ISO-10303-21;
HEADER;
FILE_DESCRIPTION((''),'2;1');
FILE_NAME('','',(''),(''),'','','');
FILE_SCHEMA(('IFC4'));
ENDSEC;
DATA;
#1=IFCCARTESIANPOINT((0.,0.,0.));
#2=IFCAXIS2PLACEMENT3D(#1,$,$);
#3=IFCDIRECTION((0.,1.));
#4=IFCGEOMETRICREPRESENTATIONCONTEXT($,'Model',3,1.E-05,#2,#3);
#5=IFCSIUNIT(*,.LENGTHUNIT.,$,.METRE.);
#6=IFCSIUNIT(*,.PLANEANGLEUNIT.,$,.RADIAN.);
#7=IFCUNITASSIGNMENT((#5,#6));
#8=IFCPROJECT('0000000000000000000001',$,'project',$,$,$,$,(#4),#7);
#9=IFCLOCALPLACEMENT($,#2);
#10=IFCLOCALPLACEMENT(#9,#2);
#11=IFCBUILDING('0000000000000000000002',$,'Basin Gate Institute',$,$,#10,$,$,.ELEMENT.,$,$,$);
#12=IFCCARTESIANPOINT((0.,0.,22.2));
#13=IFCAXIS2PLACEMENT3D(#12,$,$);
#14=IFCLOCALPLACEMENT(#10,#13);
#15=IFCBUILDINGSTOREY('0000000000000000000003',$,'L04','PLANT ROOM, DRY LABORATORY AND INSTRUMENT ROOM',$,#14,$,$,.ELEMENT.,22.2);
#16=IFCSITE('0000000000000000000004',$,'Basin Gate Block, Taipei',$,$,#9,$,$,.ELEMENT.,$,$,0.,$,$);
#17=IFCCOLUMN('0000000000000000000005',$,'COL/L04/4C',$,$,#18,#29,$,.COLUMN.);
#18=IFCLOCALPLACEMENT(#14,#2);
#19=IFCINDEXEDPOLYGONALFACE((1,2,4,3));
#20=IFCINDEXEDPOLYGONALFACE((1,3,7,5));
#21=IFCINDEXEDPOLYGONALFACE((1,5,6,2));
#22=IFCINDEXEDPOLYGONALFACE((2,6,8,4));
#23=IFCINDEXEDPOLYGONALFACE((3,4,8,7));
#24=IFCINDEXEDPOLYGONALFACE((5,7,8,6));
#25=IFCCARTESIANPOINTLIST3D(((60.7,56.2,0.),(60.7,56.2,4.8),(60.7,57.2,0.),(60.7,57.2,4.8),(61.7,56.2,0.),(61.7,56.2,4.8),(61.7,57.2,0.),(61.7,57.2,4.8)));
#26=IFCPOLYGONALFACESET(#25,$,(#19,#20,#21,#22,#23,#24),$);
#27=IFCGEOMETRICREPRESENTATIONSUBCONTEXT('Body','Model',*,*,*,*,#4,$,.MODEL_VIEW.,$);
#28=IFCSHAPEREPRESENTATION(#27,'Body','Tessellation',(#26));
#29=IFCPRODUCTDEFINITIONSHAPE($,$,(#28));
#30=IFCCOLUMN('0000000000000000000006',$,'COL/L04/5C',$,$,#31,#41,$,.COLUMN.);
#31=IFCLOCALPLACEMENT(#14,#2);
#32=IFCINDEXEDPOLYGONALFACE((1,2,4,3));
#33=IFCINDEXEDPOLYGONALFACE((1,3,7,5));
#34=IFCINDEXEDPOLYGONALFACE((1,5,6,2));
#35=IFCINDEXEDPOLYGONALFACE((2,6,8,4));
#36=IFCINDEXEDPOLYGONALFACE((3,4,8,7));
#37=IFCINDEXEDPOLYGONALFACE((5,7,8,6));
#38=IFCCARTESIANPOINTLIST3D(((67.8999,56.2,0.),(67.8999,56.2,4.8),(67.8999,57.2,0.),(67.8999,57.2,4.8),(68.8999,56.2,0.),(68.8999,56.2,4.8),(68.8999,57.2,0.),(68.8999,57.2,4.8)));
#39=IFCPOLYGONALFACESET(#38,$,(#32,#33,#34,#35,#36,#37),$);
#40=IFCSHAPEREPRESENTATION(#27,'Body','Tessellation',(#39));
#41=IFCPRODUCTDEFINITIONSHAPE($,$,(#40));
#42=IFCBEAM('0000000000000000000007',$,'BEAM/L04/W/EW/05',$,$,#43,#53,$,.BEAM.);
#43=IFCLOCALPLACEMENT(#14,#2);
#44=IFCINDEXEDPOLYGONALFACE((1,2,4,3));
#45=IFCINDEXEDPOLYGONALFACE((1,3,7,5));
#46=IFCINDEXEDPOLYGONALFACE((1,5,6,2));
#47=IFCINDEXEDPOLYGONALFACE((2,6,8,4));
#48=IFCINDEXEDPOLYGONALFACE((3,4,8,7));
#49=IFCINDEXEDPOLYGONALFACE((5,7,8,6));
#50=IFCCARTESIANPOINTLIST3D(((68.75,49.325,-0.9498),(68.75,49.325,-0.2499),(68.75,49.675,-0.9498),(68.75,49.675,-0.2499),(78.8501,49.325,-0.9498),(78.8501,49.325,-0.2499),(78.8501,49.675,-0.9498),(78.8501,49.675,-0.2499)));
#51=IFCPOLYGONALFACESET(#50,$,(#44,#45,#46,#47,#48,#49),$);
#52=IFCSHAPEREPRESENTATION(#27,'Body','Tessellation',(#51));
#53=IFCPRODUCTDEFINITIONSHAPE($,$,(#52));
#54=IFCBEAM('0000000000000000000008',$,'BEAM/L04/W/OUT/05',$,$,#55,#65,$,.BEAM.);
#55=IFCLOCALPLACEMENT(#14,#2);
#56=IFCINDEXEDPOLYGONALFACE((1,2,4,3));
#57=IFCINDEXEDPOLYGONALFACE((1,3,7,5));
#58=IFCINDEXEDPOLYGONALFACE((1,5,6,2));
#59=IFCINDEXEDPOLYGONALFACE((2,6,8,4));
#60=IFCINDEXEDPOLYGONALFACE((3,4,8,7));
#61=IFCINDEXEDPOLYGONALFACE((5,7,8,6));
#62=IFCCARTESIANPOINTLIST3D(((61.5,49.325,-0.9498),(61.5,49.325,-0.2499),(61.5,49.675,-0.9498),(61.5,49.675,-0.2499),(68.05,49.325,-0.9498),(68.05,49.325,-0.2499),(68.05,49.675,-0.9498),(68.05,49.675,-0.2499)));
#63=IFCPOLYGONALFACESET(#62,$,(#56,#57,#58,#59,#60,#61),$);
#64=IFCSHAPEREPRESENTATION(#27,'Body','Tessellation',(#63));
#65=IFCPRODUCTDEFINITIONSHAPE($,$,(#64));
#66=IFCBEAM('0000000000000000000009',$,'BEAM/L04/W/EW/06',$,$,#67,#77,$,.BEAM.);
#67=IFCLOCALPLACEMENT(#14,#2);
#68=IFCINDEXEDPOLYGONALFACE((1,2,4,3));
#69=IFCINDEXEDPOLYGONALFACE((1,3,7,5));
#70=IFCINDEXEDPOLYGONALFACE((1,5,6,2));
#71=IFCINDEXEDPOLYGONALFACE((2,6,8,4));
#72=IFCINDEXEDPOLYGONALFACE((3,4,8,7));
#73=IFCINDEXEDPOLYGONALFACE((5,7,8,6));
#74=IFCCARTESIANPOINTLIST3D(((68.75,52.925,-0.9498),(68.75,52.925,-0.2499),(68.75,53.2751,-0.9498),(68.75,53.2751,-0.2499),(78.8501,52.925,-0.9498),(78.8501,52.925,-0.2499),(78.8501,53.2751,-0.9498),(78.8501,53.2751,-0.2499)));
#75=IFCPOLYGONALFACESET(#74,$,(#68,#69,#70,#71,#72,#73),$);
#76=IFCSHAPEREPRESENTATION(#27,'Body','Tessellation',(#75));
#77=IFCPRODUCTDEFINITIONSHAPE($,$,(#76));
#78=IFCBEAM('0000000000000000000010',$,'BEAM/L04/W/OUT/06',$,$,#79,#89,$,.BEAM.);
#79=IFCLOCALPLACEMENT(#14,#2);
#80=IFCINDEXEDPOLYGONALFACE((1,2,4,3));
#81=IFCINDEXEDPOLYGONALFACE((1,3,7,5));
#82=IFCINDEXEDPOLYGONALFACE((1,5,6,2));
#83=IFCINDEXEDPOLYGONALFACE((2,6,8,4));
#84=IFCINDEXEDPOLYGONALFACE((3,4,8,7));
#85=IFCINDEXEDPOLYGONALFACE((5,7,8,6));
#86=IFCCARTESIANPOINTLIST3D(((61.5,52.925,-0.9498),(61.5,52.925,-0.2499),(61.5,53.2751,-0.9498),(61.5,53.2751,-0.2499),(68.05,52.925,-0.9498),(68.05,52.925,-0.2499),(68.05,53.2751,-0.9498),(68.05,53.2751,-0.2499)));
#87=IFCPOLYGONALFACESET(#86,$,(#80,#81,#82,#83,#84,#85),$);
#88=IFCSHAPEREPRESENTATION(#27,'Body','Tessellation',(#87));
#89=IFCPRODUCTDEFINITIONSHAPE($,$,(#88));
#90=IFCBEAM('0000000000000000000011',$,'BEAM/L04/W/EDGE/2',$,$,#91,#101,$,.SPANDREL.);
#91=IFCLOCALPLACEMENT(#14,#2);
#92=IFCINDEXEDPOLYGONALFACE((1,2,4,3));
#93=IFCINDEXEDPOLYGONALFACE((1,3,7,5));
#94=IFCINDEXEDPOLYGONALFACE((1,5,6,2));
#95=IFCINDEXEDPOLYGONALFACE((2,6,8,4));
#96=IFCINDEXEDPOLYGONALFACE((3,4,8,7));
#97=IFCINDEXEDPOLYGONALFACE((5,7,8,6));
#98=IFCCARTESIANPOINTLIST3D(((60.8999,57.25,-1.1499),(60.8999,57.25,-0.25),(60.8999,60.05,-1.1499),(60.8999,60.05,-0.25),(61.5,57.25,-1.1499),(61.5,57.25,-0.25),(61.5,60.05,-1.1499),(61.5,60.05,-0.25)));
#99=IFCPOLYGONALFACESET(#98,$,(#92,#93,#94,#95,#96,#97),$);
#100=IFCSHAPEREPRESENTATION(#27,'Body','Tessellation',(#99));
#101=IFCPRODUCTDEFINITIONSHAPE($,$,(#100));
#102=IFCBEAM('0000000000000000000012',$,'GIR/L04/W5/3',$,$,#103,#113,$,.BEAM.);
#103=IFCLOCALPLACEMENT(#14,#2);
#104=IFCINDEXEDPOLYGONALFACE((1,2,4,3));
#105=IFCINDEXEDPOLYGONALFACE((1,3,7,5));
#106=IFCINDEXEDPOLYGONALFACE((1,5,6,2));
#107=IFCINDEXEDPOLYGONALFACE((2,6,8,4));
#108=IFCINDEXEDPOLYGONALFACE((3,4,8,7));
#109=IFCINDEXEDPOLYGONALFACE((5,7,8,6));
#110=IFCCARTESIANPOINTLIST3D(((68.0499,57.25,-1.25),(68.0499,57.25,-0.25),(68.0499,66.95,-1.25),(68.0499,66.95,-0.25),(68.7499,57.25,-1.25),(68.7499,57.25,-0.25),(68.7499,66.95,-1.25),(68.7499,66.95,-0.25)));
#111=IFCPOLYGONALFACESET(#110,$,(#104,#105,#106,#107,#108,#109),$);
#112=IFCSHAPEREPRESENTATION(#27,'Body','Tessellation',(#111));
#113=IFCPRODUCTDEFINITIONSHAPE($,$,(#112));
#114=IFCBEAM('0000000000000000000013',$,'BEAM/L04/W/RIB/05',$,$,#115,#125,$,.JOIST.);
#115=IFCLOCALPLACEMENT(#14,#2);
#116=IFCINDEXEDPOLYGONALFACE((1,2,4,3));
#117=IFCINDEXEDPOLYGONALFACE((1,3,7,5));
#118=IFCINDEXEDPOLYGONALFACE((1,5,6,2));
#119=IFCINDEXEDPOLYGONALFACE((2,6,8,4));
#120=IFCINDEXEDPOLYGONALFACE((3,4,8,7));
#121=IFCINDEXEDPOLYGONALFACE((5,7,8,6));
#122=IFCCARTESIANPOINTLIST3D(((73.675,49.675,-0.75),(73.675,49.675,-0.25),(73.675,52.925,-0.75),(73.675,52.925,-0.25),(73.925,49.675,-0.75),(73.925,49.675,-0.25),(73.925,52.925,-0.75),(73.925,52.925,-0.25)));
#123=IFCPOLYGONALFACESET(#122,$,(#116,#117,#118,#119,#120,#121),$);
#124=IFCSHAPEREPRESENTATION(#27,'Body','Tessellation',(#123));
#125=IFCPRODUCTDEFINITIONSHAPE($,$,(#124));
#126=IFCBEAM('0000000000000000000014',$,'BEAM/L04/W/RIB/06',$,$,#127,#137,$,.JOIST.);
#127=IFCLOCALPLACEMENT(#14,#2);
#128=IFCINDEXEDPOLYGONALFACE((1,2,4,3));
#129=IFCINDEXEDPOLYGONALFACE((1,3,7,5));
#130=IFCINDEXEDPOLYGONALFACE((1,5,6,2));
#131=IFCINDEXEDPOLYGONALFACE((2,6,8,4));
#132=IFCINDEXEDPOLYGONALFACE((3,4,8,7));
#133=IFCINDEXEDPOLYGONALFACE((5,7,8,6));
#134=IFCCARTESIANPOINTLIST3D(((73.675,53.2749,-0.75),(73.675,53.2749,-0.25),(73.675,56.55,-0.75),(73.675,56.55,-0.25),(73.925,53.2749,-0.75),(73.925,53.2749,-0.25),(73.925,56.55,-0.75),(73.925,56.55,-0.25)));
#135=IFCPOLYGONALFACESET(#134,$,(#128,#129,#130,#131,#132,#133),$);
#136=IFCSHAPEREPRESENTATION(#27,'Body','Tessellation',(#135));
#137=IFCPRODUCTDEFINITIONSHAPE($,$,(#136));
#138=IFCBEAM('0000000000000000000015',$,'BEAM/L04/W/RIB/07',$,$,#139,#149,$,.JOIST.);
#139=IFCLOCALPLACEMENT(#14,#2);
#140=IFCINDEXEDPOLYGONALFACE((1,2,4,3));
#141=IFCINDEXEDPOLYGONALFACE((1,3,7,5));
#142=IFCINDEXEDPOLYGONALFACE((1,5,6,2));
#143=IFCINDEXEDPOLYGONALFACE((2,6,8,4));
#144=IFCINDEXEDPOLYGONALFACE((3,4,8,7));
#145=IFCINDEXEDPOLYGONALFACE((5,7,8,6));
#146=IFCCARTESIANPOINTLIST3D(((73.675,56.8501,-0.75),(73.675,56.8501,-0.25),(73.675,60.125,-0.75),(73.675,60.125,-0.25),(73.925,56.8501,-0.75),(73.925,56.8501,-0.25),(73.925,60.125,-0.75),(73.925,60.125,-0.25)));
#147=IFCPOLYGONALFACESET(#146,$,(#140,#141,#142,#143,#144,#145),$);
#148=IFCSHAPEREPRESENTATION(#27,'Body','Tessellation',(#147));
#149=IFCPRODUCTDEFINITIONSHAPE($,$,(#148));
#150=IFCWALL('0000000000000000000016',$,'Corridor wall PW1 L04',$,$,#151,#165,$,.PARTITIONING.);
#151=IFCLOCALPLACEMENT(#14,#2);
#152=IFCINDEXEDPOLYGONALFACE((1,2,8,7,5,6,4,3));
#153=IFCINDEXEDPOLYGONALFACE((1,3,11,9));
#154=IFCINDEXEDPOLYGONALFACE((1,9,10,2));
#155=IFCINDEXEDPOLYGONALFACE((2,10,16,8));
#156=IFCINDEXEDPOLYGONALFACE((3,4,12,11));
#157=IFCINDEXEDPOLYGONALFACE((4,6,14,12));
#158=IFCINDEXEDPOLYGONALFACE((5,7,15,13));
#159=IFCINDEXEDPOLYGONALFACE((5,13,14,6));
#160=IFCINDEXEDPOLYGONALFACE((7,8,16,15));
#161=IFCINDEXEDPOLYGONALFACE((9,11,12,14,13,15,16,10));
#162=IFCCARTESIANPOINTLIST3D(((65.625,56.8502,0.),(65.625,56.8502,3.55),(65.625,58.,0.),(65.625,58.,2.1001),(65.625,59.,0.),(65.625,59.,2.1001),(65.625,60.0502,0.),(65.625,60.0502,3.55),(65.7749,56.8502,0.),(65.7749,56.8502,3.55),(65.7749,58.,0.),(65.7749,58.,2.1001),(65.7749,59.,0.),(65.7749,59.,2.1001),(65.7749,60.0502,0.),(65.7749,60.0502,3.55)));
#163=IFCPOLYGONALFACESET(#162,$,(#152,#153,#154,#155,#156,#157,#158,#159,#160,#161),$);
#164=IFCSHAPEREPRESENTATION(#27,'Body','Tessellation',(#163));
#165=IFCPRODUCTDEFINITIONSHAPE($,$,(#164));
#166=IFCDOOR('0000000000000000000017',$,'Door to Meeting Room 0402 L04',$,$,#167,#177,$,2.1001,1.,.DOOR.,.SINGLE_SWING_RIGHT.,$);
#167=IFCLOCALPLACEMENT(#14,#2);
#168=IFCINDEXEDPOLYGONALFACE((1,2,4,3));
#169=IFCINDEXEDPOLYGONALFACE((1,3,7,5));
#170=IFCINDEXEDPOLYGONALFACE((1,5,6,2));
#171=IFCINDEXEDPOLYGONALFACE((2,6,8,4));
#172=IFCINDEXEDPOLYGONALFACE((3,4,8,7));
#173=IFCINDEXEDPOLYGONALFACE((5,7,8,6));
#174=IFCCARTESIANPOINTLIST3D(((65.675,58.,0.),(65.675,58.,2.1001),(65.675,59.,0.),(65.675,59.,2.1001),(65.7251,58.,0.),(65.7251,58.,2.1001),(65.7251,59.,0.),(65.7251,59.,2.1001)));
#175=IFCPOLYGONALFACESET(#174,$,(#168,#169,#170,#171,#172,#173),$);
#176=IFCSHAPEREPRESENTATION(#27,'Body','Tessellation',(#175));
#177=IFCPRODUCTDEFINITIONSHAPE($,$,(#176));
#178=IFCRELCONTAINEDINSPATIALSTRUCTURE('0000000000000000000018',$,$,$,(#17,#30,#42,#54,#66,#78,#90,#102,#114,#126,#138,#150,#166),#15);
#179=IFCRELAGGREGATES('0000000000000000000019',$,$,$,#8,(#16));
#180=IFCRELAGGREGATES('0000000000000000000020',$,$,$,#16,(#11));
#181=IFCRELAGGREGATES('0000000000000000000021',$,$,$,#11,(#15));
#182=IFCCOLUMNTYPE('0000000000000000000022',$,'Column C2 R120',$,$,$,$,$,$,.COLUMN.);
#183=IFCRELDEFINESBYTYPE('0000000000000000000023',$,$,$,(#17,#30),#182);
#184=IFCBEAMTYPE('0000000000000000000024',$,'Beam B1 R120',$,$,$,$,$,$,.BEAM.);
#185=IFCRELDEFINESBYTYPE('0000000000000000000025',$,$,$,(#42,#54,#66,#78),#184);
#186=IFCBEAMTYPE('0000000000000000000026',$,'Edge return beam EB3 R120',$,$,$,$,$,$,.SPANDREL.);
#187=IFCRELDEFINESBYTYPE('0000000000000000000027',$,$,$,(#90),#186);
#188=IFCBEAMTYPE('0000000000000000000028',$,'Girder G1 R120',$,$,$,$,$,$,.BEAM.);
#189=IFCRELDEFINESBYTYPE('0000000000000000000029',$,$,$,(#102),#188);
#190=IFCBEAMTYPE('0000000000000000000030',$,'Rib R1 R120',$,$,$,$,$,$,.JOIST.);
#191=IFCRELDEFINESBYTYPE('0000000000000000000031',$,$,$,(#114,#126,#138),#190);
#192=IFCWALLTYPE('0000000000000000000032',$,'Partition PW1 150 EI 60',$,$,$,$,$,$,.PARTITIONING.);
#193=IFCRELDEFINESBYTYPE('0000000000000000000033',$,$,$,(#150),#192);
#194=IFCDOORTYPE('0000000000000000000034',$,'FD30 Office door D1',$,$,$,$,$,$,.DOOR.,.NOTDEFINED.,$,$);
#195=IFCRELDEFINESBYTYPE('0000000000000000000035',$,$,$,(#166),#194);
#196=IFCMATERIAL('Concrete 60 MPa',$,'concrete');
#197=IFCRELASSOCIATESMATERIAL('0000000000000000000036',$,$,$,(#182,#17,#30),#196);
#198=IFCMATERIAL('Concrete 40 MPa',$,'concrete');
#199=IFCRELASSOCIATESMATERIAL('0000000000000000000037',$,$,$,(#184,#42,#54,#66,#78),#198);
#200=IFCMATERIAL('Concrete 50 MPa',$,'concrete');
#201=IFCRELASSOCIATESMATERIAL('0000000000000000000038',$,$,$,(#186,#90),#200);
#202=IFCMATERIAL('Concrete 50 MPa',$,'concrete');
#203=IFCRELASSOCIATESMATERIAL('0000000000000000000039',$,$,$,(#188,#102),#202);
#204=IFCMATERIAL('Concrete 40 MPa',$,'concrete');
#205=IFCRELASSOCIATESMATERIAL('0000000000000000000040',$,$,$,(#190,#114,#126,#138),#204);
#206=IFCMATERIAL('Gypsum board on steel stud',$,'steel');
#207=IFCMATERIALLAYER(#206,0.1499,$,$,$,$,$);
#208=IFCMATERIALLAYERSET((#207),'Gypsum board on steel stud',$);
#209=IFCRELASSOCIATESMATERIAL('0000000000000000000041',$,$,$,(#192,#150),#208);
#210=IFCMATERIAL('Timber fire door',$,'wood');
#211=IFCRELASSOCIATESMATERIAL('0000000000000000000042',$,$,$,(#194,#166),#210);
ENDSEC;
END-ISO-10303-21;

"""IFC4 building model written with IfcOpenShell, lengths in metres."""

from ifc_helpers import new_model, si_unit, direction, frame, frame_2d, origin, origin_2d, place, context, subcontext, project, spatial, rectangle, extrude, material, layer, layer_set, material_profile, profile_set, type_object, element, fill, save


model = new_model("IFC4")

# Units and contexts
model_context = context("Model", 3, precision=1e-05, world=origin(), true_north=direction((0.0, 1.0)))
body_context = subcontext(model_context, "Body", "Model", "MODEL_VIEW")
ifc_project = project(units=[si_unit("LENGTHUNIT", "METRE"), si_unit("PLANEANGLEUNIT", "RADIAN")], contexts=[model_context])

# Site, building, storey
site_placement = place(None, origin())
site = spatial("IfcSite", under=ifc_project, at=site_placement, Name="Basin Gate Block, Taipei", CompositionType="ELEMENT", RefElevation=0.0)
building_placement = place(site_placement, origin())
building = spatial("IfcBuilding", under=site, at=building_placement, Name="Basin Gate Institute", CompositionType="ELEMENT")
storey_placement = place(building_placement, frame((0.0, 0.0, 22.2)))
storey = spatial("IfcBuildingStorey", under=building, at=storey_placement, Name="L04", Description="PLANT ROOM, DRY LABORATORY AND INSTRUMENT ROOM", CompositionType="ELEMENT", Elevation=22.2)

# Columns
ifc_material_1 = material(Name="Concrete 60 MPa", Category="concrete")
ifc_material_profile_1 = material_profile(ifc_material_1, rectangle(XDim=1.0, YDim=1.0, at=origin_2d()), Name="Column C2 1000 x 1000")
ifc_profile_set_1 = profile_set([ifc_material_profile_1], Name="Concrete 60 MPa")
column_type = type_object("IfcColumnType", Name="Column C2 R120", PredefinedType="COLUMN", material=ifc_profile_set_1)
for number, where, z_axis, x_axis, name in (
    (1, (61.2, 56.7, 0.0), (0.0, 0.0, 1.0), (1.0, 0.0, 0.0), "COL/L04/4C"),
    (2, (68.3999, 56.7, 0.0), (0.0, 0.0, 1.0), (1.0, 0.0, 0.0), "COL/L04/5C"),
):
    element("IfcColumn", number, at=place(storey_placement, frame(where, z_axis=z_axis, x_axis=x_axis)), inside=storey, type_object=column_type, material=ifc_profile_set_1, Name=name, PredefinedType="COLUMN", context=body_context, shape_type="SweptSolid", body=[
        extrude(rectangle(XDim=1.0, YDim=1.0, at=origin_2d()), origin(), (0.0, 0.0, 1.0), 4.8),
    ])

# Beams
ifc_material_2 = material(Name="Concrete 40 MPa", Category="concrete")
ifc_material_profile_2 = material_profile(ifc_material_2, rectangle(XDim=0.3501, YDim=0.7, at=origin_2d()), Name="Beam B1 350 x 700")
ifc_profile_set_2 = profile_set([ifc_material_profile_2], Name="Concrete 40 MPa")
beam_type_1 = type_object("IfcBeamType", Name="Beam B1 R120", PredefinedType="BEAM", material=ifc_profile_set_2)
beam_1_placement = place(storey_placement, frame((68.75, 49.5, -0.5999), z_axis=(1.0, 0.0, 0.0), x_axis=(0.0, 1.0, 0.0)))
element("IfcBeam", 3, at=beam_1_placement, inside=storey, type_object=beam_type_1, material=ifc_profile_set_2, Name="BEAM/L04/W/EW/05", PredefinedType="BEAM", context=body_context, shape_type="SweptSolid", body=[
    extrude(rectangle(XDim=0.3501, YDim=0.7, at=origin_2d()), origin(), (0.0, 0.0, 1.0), 10.1001),
])
beam_2_placement = place(storey_placement, frame((61.5, 49.5, -0.5999), z_axis=(1.0, 0.0, 0.0), x_axis=(0.0, 1.0, 0.0)))
element("IfcBeam", 4, at=beam_2_placement, inside=storey, type_object=beam_type_1, material=ifc_profile_set_2, Name="BEAM/L04/W/OUT/05", PredefinedType="BEAM", context=body_context, shape_type="SweptSolid", body=[
    extrude(rectangle(XDim=0.3501, YDim=0.7, at=origin_2d()), origin(), (0.0, 0.0, 1.0), 6.55),
])
beam_3_placement = place(storey_placement, frame((68.75, 53.1001, -0.5999), z_axis=(1.0, 0.0, 0.0), x_axis=(0.0, 1.0, 0.0)))
element("IfcBeam", 5, at=beam_3_placement, inside=storey, type_object=beam_type_1, material=ifc_profile_set_2, Name="BEAM/L04/W/EW/06", PredefinedType="BEAM", context=body_context, shape_type="SweptSolid", body=[
    extrude(rectangle(XDim=0.3501, YDim=0.7, at=origin_2d()), origin(), (0.0, 0.0, 1.0), 10.1001),
])
beam_4_placement = place(storey_placement, frame((61.5, 53.1001, -0.5999), z_axis=(1.0, 0.0, 0.0), x_axis=(0.0, 1.0, 0.0)))
element("IfcBeam", 6, at=beam_4_placement, inside=storey, type_object=beam_type_1, material=ifc_profile_set_2, Name="BEAM/L04/W/OUT/06", PredefinedType="BEAM", context=body_context, shape_type="SweptSolid", body=[
    extrude(rectangle(XDim=0.3501, YDim=0.7, at=origin_2d()), origin(), (0.0, 0.0, 1.0), 6.55),
])
ifc_material_3 = material(Name="Concrete 50 MPa", Category="concrete")
ifc_material_profile_3 = material_profile(ifc_material_3, rectangle(XDim=0.6001, YDim=0.8999, at=origin_2d()), Name="Edge return beam EB3 600 x 900")
ifc_profile_set_3 = profile_set([ifc_material_profile_3], Name="Concrete 50 MPa")
beam_type_2 = type_object("IfcBeamType", Name="Edge return beam EB3 R120", PredefinedType="SPANDREL", material=ifc_profile_set_3)
beam_5_placement = place(storey_placement, frame((61.2, 57.25, -0.7), z_axis=(0.0, 1.0, 0.0), x_axis=(-1.0, 0.0, 0.0)))
element("IfcBeam", 7, at=beam_5_placement, inside=storey, type_object=beam_type_2, material=ifc_profile_set_3, Name="BEAM/L04/W/EDGE/2", PredefinedType="SPANDREL", context=body_context, shape_type="SweptSolid", body=[
    extrude(rectangle(XDim=0.6001, YDim=0.8999, at=origin_2d()), origin(), (0.0, 0.0, 1.0), 2.8),
])
ifc_material_4 = material(Name="Concrete 50 MPa", Category="concrete")
ifc_material_profile_4 = material_profile(ifc_material_4, rectangle(XDim=0.7, YDim=1.0, at=origin_2d()), Name="Girder G1 700 x 1000")
ifc_profile_set_4 = profile_set([ifc_material_profile_4], Name="Concrete 50 MPa")
beam_type_3 = type_object("IfcBeamType", Name="Girder G1 R120", PredefinedType="BEAM", material=ifc_profile_set_4)
beam_6_placement = place(storey_placement, frame((68.3999, 57.25, -0.75), z_axis=(0.0, 1.0, 0.0), x_axis=(-1.0, 0.0, 0.0)))
element("IfcBeam", 8, at=beam_6_placement, inside=storey, type_object=beam_type_3, material=ifc_profile_set_4, Name="GIR/L04/W5/3", PredefinedType="BEAM", context=body_context, shape_type="SweptSolid", body=[
    extrude(rectangle(XDim=0.7, YDim=1.0, at=origin_2d()), origin(), (0.0, 0.0, 1.0), 9.7),
])
ifc_material_5 = material(Name="Concrete 40 MPa", Category="concrete")
ifc_material_profile_5 = material_profile(ifc_material_5, rectangle(XDim=0.25, YDim=0.5, at=origin_2d()), Name="Rib R1 250 x 500")
ifc_profile_set_5 = profile_set([ifc_material_profile_5], Name="Concrete 40 MPa")
beam_type_4 = type_object("IfcBeamType", Name="Rib R1 R120", PredefinedType="JOIST", material=ifc_profile_set_5)
beam_7_placement = place(storey_placement, frame((73.8, 49.675, -0.5), z_axis=(0.0, 1.0, 0.0), x_axis=(-1.0, 0.0, 0.0)))
element("IfcBeam", 9, at=beam_7_placement, inside=storey, type_object=beam_type_4, material=ifc_profile_set_5, Name="BEAM/L04/W/RIB/05", PredefinedType="JOIST", context=body_context, shape_type="SweptSolid", body=[
    extrude(rectangle(XDim=0.25, YDim=0.5, at=origin_2d()), origin(), (0.0, 0.0, 1.0), 3.25),
])
beam_8_placement = place(storey_placement, frame((73.8, 53.2749, -0.5), z_axis=(0.0, 1.0, 0.0), x_axis=(-1.0, 0.0, 0.0)))
element("IfcBeam", 10, at=beam_8_placement, inside=storey, type_object=beam_type_4, material=ifc_profile_set_5, Name="BEAM/L04/W/RIB/06", PredefinedType="JOIST", context=body_context, shape_type="SweptSolid", body=[
    extrude(rectangle(XDim=0.25, YDim=0.5, at=origin_2d()), origin(), (0.0, 0.0, 1.0), 3.2751),
])
beam_9_placement = place(storey_placement, frame((73.8, 56.8501, -0.5), z_axis=(0.0, 1.0, 0.0), x_axis=(-1.0, 0.0, 0.0)))
element("IfcBeam", 11, at=beam_9_placement, inside=storey, type_object=beam_type_4, material=ifc_profile_set_5, Name="BEAM/L04/W/RIB/07", PredefinedType="JOIST", context=body_context, shape_type="SweptSolid", body=[
    extrude(rectangle(XDim=0.25, YDim=0.5, at=origin_2d()), origin(), (0.0, 0.0, 1.0), 3.2749),
])

# Wall, opening, door
ifc_material_6 = material(Name="Gypsum board on steel stud", Category="steel")
ifc_layer_1 = layer(ifc_material_6, 0.1499)
ifc_layer_set_1 = layer_set([ifc_layer_1], Name="Gypsum board on steel stud")
wall_type_1 = type_object("IfcWallType", Name="Partition PW1 150 EI 60", PredefinedType="PARTITIONING", material=ifc_layer_set_1)
wall_1_placement = place(storey_placement, frame((65.7, 56.8501, 0.0), z_axis=(0.0, 0.0, 1.0), x_axis=(0.0, 1.0, 0.0)))
wall_1 = element("IfcWall", 12, at=wall_1_placement, inside=storey, type_object=wall_type_1, material=ifc_layer_set_1, Name="Corridor wall PW1 L04", PredefinedType="PARTITIONING", context=body_context, shape_type="SweptSolid", body=[
    extrude(rectangle(XDim=3.2, YDim=0.1499, at=frame_2d((1.6001, 0.0))), origin(), (0.0, 0.0, 1.0), 3.55),
])
opening_1_placement = place(wall_1_placement, frame((1.1499, 0.0, 0.0)))
opening_1 = element("IfcOpeningElement", 13, at=opening_1_placement, cuts=wall_1, PredefinedType="OPENING", context=body_context, shape_type="SweptSolid", body=[
    extrude(rectangle(XDim=1.0, YDim=2.1001, at=frame_2d((0.5, 1.05))), frame((0.0, 0.085, 0.0), z_axis=(0.0, -1.0, 0.0), x_axis=(1.0, 0.0, 0.0)), (0.0, 0.0, 1.0), 0.1699),
])
ifc_material_7 = material(Name="Timber fire door", Category="wood")
door_type_1 = type_object("IfcDoorType", Name="FD30 Office door D1", OperationType="NOTDEFINED", PredefinedType="DOOR", material=ifc_material_7)
door_1_placement = place(opening_1_placement, origin())
door_1 = element("IfcDoor", 14, at=door_1_placement, inside=storey, type_object=door_type_1, material=ifc_material_7, Name="Door to Meeting Room 0402 L04", OperationType="SINGLE_SWING_RIGHT", OverallHeight=2.1001, OverallWidth=1.0, PredefinedType="DOOR", context=body_context, shape_type="SweptSolid", body=[
    extrude(rectangle(XDim=1.0, YDim=2.1001, at=frame_2d((0.5, 1.05))), frame((0.0, 0.0249, 0.0), z_axis=(0.0, -1.0, 0.0), x_axis=(1.0, 0.0, 0.0)), (0.0, 0.0, 1.0), 0.05),
])
fill(opening_1, door_1)

save(model, "model.ifc")
